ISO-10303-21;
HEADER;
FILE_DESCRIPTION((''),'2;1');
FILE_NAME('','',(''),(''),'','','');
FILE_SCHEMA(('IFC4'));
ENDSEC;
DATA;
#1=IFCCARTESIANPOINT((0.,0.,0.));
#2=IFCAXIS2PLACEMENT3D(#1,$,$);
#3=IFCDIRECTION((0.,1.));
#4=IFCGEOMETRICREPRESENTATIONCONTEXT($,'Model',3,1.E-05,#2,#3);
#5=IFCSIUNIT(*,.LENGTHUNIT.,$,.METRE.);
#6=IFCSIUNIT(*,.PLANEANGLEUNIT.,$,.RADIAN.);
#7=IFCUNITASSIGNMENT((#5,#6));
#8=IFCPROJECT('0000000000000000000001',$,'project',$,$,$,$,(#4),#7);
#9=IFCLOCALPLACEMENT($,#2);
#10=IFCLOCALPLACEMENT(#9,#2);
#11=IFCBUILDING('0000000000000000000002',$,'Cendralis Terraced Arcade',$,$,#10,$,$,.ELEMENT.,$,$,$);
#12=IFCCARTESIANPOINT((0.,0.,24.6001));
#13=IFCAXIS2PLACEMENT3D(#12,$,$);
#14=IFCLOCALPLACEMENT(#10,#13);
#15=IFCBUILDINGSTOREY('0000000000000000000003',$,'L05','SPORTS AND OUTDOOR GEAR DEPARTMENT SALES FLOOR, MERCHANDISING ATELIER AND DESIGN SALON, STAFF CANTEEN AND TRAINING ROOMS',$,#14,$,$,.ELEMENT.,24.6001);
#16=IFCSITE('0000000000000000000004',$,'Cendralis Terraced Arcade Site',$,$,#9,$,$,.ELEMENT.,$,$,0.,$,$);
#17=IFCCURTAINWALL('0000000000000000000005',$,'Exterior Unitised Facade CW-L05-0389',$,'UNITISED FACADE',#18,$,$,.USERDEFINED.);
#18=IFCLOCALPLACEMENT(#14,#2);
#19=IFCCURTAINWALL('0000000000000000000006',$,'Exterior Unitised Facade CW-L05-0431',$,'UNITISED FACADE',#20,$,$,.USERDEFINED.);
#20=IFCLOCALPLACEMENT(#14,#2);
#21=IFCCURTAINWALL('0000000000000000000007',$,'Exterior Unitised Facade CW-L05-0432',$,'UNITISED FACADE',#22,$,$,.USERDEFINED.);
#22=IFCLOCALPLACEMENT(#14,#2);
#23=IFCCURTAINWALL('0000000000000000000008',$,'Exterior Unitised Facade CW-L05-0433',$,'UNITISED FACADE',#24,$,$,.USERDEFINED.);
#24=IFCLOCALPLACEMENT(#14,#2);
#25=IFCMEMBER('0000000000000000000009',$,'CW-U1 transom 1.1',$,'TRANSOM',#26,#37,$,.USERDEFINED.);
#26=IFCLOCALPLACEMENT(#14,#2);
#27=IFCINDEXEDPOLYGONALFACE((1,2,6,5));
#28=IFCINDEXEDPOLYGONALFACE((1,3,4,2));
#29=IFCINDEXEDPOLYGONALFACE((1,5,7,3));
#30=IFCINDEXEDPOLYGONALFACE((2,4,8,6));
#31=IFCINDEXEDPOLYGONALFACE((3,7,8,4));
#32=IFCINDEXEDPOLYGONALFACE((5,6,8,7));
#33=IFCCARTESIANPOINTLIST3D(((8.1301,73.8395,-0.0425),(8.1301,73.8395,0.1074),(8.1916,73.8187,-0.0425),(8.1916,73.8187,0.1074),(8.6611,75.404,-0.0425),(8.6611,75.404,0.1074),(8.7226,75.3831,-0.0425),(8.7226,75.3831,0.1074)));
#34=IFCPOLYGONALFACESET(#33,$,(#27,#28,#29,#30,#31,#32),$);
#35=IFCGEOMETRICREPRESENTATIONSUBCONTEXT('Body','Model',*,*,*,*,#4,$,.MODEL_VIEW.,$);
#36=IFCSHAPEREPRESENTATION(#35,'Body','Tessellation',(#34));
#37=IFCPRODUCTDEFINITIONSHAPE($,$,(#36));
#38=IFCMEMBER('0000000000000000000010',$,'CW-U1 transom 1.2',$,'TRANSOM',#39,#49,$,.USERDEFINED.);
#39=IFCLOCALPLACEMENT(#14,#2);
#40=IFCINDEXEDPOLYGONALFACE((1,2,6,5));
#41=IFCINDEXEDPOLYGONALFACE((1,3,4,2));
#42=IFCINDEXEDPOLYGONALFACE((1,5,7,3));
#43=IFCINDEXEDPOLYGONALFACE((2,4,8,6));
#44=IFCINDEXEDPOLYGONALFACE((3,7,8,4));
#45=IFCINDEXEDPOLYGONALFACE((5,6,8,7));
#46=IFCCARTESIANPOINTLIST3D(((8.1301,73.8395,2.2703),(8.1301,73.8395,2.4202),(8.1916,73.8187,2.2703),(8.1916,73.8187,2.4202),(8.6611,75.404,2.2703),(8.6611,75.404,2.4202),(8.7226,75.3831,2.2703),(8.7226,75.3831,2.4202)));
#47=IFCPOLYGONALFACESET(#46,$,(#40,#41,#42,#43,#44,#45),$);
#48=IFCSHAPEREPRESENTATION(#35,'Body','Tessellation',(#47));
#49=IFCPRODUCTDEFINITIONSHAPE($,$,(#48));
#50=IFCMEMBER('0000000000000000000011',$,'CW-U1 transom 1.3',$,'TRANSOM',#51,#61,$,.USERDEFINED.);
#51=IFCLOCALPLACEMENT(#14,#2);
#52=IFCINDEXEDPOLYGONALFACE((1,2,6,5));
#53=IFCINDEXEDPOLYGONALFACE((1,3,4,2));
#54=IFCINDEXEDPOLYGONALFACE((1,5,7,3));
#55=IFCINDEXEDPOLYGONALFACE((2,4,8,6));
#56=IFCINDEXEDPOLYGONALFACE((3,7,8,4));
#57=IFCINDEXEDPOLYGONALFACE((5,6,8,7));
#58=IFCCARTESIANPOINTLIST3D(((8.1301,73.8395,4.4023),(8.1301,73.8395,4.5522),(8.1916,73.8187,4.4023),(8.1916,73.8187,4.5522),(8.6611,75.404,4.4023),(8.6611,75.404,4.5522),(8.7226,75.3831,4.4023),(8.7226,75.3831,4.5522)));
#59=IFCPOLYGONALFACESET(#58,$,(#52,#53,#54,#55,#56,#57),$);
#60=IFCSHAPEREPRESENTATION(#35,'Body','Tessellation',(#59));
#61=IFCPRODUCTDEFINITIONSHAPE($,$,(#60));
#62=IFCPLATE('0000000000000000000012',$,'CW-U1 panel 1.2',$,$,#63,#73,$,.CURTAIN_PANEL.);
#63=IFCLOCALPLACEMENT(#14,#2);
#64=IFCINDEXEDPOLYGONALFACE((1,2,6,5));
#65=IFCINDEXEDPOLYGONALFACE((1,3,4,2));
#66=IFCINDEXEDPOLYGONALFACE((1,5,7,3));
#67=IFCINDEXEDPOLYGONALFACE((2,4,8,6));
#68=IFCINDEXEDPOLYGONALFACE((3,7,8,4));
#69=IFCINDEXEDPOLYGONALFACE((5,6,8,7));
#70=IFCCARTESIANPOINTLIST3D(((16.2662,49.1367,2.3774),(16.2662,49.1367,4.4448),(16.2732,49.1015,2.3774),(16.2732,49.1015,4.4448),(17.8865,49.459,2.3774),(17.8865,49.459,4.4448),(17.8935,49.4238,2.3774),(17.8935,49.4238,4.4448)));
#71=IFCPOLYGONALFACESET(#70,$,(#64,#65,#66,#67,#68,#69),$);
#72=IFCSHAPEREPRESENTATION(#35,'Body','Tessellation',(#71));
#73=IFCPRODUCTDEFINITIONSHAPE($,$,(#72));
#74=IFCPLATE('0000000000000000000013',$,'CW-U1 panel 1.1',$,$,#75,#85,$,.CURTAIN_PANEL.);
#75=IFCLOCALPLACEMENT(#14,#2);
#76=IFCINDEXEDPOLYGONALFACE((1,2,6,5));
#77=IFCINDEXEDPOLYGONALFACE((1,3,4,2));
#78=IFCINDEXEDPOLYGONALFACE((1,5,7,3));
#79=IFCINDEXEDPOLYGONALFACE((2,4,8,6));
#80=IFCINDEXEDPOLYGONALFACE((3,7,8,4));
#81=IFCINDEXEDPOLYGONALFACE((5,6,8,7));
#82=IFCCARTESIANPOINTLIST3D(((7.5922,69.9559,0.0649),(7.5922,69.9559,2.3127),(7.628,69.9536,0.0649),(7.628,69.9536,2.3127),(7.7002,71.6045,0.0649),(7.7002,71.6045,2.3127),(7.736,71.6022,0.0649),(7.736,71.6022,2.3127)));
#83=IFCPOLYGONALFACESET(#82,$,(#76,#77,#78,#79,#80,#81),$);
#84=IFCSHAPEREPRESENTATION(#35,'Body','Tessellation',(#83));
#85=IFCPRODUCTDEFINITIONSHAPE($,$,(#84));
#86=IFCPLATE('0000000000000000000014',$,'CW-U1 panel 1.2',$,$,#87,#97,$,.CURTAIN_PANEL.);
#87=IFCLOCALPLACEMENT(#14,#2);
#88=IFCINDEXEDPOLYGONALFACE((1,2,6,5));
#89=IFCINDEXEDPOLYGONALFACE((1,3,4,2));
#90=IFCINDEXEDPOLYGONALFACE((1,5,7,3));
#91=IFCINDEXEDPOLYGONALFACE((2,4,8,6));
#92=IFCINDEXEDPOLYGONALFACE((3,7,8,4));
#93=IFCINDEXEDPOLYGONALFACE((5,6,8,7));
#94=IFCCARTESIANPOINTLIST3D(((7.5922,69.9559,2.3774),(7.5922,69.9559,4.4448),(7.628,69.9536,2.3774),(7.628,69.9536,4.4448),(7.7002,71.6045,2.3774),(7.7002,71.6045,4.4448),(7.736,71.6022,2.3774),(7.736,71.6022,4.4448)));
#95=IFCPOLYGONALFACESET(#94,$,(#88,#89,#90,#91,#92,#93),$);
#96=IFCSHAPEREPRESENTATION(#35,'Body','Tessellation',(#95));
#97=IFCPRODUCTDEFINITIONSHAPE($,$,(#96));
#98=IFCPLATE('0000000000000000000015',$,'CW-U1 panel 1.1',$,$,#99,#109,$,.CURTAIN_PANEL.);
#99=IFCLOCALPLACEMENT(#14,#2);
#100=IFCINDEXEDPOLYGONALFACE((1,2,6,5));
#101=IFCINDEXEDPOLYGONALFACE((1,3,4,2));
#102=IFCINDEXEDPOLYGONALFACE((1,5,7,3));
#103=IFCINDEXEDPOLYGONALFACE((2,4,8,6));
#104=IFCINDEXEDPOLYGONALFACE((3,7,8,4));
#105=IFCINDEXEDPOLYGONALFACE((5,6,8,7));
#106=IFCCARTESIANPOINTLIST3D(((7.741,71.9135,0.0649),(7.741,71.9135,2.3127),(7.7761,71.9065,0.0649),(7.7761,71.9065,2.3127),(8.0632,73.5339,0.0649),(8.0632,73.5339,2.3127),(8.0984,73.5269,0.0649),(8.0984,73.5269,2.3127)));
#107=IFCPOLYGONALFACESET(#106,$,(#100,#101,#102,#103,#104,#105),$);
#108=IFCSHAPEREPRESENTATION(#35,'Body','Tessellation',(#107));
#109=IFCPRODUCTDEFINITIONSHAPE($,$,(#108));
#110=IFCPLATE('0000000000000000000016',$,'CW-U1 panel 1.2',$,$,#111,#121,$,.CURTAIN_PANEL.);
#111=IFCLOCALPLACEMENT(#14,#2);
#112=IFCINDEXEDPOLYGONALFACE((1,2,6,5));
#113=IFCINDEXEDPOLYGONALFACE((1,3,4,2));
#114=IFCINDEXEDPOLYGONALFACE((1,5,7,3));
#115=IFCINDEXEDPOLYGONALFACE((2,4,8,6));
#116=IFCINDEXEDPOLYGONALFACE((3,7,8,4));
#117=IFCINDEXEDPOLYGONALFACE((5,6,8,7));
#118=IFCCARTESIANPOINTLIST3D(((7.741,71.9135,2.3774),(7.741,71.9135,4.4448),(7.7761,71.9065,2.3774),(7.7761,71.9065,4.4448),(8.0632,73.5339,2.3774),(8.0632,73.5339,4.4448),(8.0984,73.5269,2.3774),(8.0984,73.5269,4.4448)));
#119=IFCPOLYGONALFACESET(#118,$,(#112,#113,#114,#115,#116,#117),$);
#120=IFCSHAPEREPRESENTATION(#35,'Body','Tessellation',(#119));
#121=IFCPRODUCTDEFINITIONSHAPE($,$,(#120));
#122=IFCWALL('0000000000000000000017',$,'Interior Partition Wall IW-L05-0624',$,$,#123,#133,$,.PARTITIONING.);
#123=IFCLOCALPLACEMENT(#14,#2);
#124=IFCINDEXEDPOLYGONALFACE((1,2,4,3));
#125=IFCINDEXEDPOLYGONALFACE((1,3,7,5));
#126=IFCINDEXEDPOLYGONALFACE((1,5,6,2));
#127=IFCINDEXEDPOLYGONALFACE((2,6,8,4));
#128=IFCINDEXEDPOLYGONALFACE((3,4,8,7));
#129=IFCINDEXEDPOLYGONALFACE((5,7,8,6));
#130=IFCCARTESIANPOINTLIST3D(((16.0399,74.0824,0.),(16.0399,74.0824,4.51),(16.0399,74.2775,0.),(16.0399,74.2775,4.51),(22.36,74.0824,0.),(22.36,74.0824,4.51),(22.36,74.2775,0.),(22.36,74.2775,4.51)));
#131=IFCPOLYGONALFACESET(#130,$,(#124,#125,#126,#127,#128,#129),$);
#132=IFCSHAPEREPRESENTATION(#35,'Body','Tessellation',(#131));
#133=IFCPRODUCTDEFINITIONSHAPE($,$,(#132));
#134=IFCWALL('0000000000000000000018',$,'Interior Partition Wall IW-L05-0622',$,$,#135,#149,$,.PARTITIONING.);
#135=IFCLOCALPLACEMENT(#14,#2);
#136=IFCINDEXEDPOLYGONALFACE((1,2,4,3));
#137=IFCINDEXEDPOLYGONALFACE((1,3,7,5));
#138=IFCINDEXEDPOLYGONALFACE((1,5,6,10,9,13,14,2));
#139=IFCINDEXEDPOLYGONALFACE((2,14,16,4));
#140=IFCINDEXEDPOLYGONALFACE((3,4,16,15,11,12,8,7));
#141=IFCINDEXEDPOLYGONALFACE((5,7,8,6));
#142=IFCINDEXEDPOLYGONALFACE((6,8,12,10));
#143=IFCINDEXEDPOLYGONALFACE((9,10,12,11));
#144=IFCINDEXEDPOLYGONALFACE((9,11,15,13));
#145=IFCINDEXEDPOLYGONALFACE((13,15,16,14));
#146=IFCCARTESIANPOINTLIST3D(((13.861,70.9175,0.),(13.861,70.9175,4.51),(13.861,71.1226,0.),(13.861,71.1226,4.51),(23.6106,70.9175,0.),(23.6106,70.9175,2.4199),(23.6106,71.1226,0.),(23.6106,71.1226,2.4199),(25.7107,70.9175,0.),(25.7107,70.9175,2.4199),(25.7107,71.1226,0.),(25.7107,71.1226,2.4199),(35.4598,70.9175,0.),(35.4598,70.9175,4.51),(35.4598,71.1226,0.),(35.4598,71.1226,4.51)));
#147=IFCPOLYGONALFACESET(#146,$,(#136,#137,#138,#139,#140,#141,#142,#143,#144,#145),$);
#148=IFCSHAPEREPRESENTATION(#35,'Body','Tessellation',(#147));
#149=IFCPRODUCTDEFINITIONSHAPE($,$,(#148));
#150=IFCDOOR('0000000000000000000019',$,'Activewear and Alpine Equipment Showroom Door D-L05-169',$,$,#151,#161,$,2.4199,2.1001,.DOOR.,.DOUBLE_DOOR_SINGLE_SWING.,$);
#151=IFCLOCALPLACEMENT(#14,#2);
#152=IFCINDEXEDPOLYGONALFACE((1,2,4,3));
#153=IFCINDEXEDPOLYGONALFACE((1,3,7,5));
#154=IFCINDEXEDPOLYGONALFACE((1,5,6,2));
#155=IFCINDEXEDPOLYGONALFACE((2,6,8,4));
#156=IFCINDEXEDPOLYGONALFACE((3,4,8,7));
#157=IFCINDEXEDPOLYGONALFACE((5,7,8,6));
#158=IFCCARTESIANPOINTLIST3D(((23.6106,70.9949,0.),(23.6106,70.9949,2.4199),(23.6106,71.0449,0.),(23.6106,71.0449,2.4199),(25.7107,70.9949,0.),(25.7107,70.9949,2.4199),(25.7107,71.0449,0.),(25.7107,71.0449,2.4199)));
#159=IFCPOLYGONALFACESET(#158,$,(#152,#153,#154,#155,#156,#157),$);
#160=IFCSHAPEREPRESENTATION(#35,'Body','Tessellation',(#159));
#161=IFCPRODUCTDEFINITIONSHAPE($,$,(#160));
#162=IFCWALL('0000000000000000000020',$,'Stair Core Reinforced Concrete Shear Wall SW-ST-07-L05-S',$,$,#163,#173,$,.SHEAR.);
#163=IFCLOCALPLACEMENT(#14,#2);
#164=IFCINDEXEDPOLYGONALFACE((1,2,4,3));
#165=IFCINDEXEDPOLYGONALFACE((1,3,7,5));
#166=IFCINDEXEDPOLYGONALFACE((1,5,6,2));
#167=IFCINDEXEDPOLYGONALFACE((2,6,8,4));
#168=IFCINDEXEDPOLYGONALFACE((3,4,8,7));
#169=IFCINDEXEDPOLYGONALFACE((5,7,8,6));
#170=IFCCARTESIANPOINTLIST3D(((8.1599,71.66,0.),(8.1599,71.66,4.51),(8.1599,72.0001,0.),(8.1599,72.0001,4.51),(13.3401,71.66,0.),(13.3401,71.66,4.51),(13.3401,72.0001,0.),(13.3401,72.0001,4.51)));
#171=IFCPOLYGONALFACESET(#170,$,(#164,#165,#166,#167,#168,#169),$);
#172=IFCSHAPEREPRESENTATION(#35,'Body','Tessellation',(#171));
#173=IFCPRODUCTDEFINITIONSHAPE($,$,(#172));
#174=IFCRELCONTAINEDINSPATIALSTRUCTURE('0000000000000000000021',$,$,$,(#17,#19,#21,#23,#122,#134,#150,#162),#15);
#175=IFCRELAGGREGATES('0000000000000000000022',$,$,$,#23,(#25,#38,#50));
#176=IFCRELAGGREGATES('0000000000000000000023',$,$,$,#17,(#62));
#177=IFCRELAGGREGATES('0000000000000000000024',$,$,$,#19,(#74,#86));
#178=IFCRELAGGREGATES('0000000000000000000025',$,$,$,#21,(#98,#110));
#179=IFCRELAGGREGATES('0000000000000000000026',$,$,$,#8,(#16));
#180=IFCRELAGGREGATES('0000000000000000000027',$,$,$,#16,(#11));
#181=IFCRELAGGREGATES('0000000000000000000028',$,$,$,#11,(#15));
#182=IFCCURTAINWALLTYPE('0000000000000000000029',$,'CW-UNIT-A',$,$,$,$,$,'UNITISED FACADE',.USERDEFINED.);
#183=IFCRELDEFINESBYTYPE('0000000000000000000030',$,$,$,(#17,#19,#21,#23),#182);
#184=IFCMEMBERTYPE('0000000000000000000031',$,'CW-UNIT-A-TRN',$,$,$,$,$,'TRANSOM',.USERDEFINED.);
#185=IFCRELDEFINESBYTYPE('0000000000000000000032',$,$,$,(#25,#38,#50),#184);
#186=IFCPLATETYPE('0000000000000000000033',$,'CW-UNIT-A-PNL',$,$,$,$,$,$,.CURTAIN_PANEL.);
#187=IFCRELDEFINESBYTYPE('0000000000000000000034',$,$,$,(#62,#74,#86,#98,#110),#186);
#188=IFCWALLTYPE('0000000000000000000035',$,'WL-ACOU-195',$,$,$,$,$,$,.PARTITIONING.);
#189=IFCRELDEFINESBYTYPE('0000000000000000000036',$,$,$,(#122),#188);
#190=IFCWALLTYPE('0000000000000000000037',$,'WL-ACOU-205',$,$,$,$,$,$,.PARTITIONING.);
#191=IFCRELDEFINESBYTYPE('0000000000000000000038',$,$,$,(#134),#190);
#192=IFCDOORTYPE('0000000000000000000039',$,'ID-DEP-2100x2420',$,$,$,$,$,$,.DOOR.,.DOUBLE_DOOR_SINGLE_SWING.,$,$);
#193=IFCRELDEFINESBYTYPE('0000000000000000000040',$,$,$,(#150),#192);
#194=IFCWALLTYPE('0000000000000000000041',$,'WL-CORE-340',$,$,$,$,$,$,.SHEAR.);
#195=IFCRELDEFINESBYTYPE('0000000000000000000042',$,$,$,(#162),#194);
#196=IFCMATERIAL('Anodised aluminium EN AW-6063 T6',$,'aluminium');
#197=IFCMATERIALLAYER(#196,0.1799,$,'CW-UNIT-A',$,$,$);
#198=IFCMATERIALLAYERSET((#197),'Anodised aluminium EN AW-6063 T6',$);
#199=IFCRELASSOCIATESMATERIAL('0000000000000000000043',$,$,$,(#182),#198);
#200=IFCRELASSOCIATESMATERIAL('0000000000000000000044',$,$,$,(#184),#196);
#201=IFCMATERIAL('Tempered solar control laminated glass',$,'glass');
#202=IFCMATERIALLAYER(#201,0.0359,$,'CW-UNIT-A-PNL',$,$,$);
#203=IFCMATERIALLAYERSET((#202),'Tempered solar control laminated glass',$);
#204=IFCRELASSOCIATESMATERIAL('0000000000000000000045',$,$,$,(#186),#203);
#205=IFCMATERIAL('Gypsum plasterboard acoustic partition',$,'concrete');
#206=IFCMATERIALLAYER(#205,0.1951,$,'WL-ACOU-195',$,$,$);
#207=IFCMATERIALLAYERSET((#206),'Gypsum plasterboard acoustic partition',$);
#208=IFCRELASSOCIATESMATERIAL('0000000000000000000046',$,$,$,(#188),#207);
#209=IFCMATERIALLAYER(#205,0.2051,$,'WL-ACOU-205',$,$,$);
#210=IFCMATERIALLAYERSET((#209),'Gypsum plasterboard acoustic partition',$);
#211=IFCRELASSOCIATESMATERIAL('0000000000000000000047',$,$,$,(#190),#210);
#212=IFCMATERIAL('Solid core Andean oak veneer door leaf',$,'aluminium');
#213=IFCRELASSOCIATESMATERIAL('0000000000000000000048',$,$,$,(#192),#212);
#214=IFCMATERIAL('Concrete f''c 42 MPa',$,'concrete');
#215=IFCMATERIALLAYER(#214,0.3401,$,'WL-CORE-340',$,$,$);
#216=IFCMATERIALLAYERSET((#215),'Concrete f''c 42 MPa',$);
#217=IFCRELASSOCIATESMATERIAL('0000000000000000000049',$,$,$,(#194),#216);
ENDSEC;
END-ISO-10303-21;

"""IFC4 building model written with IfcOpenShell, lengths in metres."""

from ifc_helpers import new_model, si_unit, direction, frame, frame_2d, origin, origin_2d, place, context, subcontext, project, spatial, rectangle, extrude, material, layer, layer_set, material_profile, profile_set, type_object, element, fill, aggregate, save


model = new_model("IFC4")

# Units and contexts
model_context = context("Model", 3, precision=1e-05, world=origin(), true_north=direction((0.0, 1.0)))
body_context = subcontext(model_context, "Body", "Model", "MODEL_VIEW")
ifc_project = project(units=[si_unit("LENGTHUNIT", "METRE"), si_unit("PLANEANGLEUNIT", "RADIAN")], contexts=[model_context])

# Site, building, storey
site_placement = place(None, origin())
site = spatial("IfcSite", under=ifc_project, at=site_placement, Name="Cendralis Terraced Arcade Site", CompositionType="ELEMENT", RefElevation=0.0)
building_placement = place(site_placement, origin())
building = spatial("IfcBuilding", under=site, at=building_placement, Name="Cendralis Terraced Arcade", CompositionType="ELEMENT")
storey_placement = place(building_placement, frame((0.0, 0.0, 24.6001)))
storey = spatial("IfcBuildingStorey", under=building, at=storey_placement, Name="L05", Description="SPORTS AND OUTDOOR GEAR DEPARTMENT SALES FLOOR, MERCHANDISING ATELIER AND DESIGN SALON, STAFF CANTEEN AND TRAINING ROOMS", CompositionType="ELEMENT", Elevation=24.6001)

# Shared definitions
ifc_material_1 = material(Name="Concrete f'c 42 MPa", Category="concrete")

# Curtain wall
ifc_material_2 = material(Name="Anodised aluminium EN AW-6063 T6", Category="aluminium")
ifc_layer_1 = layer(ifc_material_2, 0.1799, Name="CW-UNIT-A")
ifc_layer_set_1 = layer_set([ifc_layer_1], Name="Anodised aluminium EN AW-6063 T6")
curtain_wall_type = type_object("IfcCurtainWallType", Name="CW-UNIT-A", ElementType="UNITISED FACADE", PredefinedType="USERDEFINED", material=ifc_layer_set_1)
curtain_wall_1_placement = place(storey_placement, origin())
curtain_wall_1 = element("IfcCurtainWall", 1, at=curtain_wall_1_placement, inside=storey, type_object=curtain_wall_type, Name="Exterior Unitised Facade CW-L05-0389", ObjectType="UNITISED FACADE", PredefinedType="USERDEFINED")

# Curtain walls
curtain_wall_2_placement = place(storey_placement, origin())
curtain_wall_2 = element("IfcCurtainWall", 2, at=curtain_wall_2_placement, inside=storey, type_object=curtain_wall_type, Name="Exterior Unitised Facade CW-L05-0431", ObjectType="UNITISED FACADE", PredefinedType="USERDEFINED")
curtain_wall_3_placement = place(storey_placement, origin())
curtain_wall_3 = element("IfcCurtainWall", 3, at=curtain_wall_3_placement, inside=storey, type_object=curtain_wall_type, Name="Exterior Unitised Facade CW-L05-0432", ObjectType="UNITISED FACADE", PredefinedType="USERDEFINED")

# Curtain wall
curtain_wall_4_placement = place(storey_placement, origin())
curtain_wall_4 = element("IfcCurtainWall", 4, at=curtain_wall_4_placement, inside=storey, type_object=curtain_wall_type, Name="Exterior Unitised Facade CW-L05-0433", ObjectType="UNITISED FACADE", PredefinedType="USERDEFINED")

# Members
ifc_material_profile_1 = material_profile(ifc_material_2, rectangle(XDim=0.0649, YDim=0.1499, at=origin_2d()), Name="ALU-TRN-65x150")
ifc_profile_set_1 = profile_set([ifc_material_profile_1], Name="Anodised aluminium EN AW-6063 T6")
member_type_1 = type_object("IfcMemberType", Name="CW-UNIT-A-TRN", ElementType="TRANSOM", PredefinedType="USERDEFINED", material=ifc_profile_set_1)
member_1_placement = place(storey_placement, frame((8.1609, 73.8291, 0.0325), z_axis=(0.32141, 0.94694, 0.0), x_axis=(-0.94694, 0.32141, 0.0)))
member_1 = element("IfcMember", 5, at=member_1_placement, type_object=member_type_1, Name="CW-U1 transom 1.1", ObjectType="TRANSOM", PredefinedType="USERDEFINED", context=body_context, shape_type="SweptSolid", body=[
    extrude(rectangle(XDim=0.0649, YDim=0.1499, at=origin_2d()), origin(), (0.0, 0.0, 1.0), 1.6521),
])
member_2_placement = place(storey_placement, frame((8.1609, 73.8291, 2.3452), z_axis=(0.32141, 0.94694, 0.0), x_axis=(-0.94694, 0.32141, 0.0)))
member_2 = element("IfcMember", 6, at=member_2_placement, type_object=member_type_1, Name="CW-U1 transom 1.2", ObjectType="TRANSOM", PredefinedType="USERDEFINED", context=body_context, shape_type="SweptSolid", body=[
    extrude(rectangle(XDim=0.0649, YDim=0.1499, at=origin_2d()), origin(), (0.0, 0.0, 1.0), 1.6521),
])
member_3_placement = place(storey_placement, frame((8.1609, 73.8291, 4.4773), z_axis=(0.32141, 0.94694, 0.0), x_axis=(-0.94694, 0.32141, 0.0)))
member_3 = element("IfcMember", 7, at=member_3_placement, type_object=member_type_1, Name="CW-U1 transom 1.3", ObjectType="TRANSOM", PredefinedType="USERDEFINED", context=body_context, shape_type="SweptSolid", body=[
    extrude(rectangle(XDim=0.0649, YDim=0.1499, at=origin_2d()), origin(), (0.0, 0.0, 1.0), 1.6521),
])
aggregate(curtain_wall_4, [member_1, member_2, member_3])

# Plates
ifc_material_3 = material(Name="Tempered solar control laminated glass", Category="glass")
ifc_layer_2 = layer(ifc_material_3, 0.0359, Name="CW-UNIT-A-PNL")
ifc_layer_set_2 = layer_set([ifc_layer_2], Name="Tempered solar control laminated glass")
plate_type = type_object("IfcPlateType", Name="CW-UNIT-A-PNL", PredefinedType="CURTAIN_PANEL", material=ifc_layer_set_2)
plate_1_placement = place(storey_placement, frame((17.0798, 49.2803, 2.3774), z_axis=(0.0, 0.0, 1.0), x_axis=(0.980792, 0.195058, 0.0)))
plate_1 = element("IfcPlate", 8, at=plate_1_placement, type_object=plate_type, Name="CW-U1 panel 1.2", PredefinedType="CURTAIN_PANEL", context=body_context, shape_type="SweptSolid", body=[
    extrude(rectangle(XDim=1.6521, YDim=0.0359, at=origin_2d()), origin(), (0.0, 0.0, 1.0), 2.0674),
])
aggregate(curtain_wall_1, [plate_1])
plate_2_placement = place(storey_placement, frame((7.6641, 70.7791, 0.0649), z_axis=(0.0, 0.0, 1.0), x_axis=(0.065372, 0.997861, 0.0)))
plate_2 = element("IfcPlate", 9, at=plate_2_placement, type_object=plate_type, Name="CW-U1 panel 1.1", PredefinedType="CURTAIN_PANEL", context=body_context, shape_type="SweptSolid", body=[
    extrude(rectangle(XDim=1.6521, YDim=0.0359, at=origin_2d()), origin(), (0.0, 0.0, 1.0), 2.2478),
])
plate_3_placement = place(storey_placement, frame((7.6641, 70.7791, 2.3774), z_axis=(0.0, 0.0, 1.0), x_axis=(0.065372, 0.997861, 0.0)))
plate_3 = element("IfcPlate", 10, at=plate_3_placement, type_object=plate_type, Name="CW-U1 panel 1.2", PredefinedType="CURTAIN_PANEL", context=body_context, shape_type="SweptSolid", body=[
    extrude(rectangle(XDim=1.6521, YDim=0.0359, at=origin_2d()), origin(), (0.0, 0.0, 1.0), 2.0674),
])
aggregate(curtain_wall_2, [plate_2, plate_3])
plate_4_placement = place(storey_placement, frame((7.9197, 72.7202, 0.0649), z_axis=(0.0, 0.0, 1.0), x_axis=(0.195058, 0.980792, 0.0)))
plate_4 = element("IfcPlate", 11, at=plate_4_placement, type_object=plate_type, Name="CW-U1 panel 1.1", PredefinedType="CURTAIN_PANEL", context=body_context, shape_type="SweptSolid", body=[
    extrude(rectangle(XDim=1.6521, YDim=0.0359, at=origin_2d()), origin(), (0.0, 0.0, 1.0), 2.2478),
])
plate_5_placement = place(storey_placement, frame((7.9197, 72.7202, 2.3774), z_axis=(0.0, 0.0, 1.0), x_axis=(0.195058, 0.980792, 0.0)))
plate_5 = element("IfcPlate", 12, at=plate_5_placement, type_object=plate_type, Name="CW-U1 panel 1.2", PredefinedType="CURTAIN_PANEL", context=body_context, shape_type="SweptSolid", body=[
    extrude(rectangle(XDim=1.6521, YDim=0.0359, at=origin_2d()), origin(), (0.0, 0.0, 1.0), 2.0674),
])
aggregate(curtain_wall_3, [plate_4, plate_5])

# Wall
ifc_material_4 = material(Name="Gypsum plasterboard acoustic partition", Category="concrete")
ifc_layer_3 = layer(ifc_material_4, 0.1951, Name="WL-ACOU-195")
ifc_layer_set_3 = layer_set([ifc_layer_3], Name="Gypsum plasterboard acoustic partition")
wall_type_1 = type_object("IfcWallType", Name="WL-ACOU-195", PredefinedType="PARTITIONING", material=ifc_layer_set_3)
wall_1_placement = place(storey_placement, frame((22.3601, 74.1799, 0.0), z_axis=(0.0, 0.0, 1.0), x_axis=(-1.0, 0.0, 0.0)))
element("IfcWall", 13, at=wall_1_placement, inside=storey, type_object=wall_type_1, Name="Interior Partition Wall IW-L05-0624", PredefinedType="PARTITIONING", context=body_context, shape_type="SweptSolid", body=[
    extrude(rectangle(XDim=6.3201, YDim=0.1951, at=frame_2d((3.1602, 0.0))), origin(), (0.0, 0.0, 1.0), 4.51),
])

# Wall, opening, door
ifc_layer_4 = layer(ifc_material_4, 0.2051, Name="WL-ACOU-205")
ifc_layer_set_4 = layer_set([ifc_layer_4], Name="Gypsum plasterboard acoustic partition")
wall_type_2 = type_object("IfcWallType", Name="WL-ACOU-205", PredefinedType="PARTITIONING", material=ifc_layer_set_4)
wall_2_placement = place(storey_placement, frame((13.8611, 71.02, 0.0), z_axis=(0.0, 0.0, 1.0), x_axis=(1.0, 0.0, 0.0)))
wall_2 = element("IfcWall", 14, at=wall_2_placement, inside=storey, type_object=wall_type_2, Name="Interior Partition Wall IW-L05-0622", PredefinedType="PARTITIONING", context=body_context, shape_type="SweptSolid", body=[
    extrude(rectangle(XDim=21.5989, YDim=0.2051, at=frame_2d((10.7993, 0.0))), origin(), (0.0, 0.0, 1.0), 4.51),
])
opening_1_placement = place(wall_2_placement, frame((9.7495, 0.0, 0.0)))
opening_1 = element("IfcOpeningElement", 15, at=opening_1_placement, cuts=wall_2, PredefinedType="OPENING", context=body_context, shape_type="SweptSolid", body=[
    extrude(rectangle(XDim=2.1001, YDim=2.4199, at=frame_2d((1.05, 1.21))), frame((0.0, 0.1145, 0.0), z_axis=(0.0, -1.0, 0.0), x_axis=(1.0, 0.0, 0.0)), (0.0, 0.0, 1.0), 0.229),
])
ifc_material_5 = material(Name="Solid core Andean oak veneer door leaf", Category="aluminium")
door_type_1 = type_object("IfcDoorType", Name="ID-DEP-2100x2420", OperationType="DOUBLE_DOOR_SINGLE_SWING", PredefinedType="DOOR", material=ifc_material_5)
door_1_placement = place(opening_1_placement, origin())
door_1 = element("IfcDoor", 16, at=door_1_placement, inside=storey, type_object=door_type_1, Name="Activewear and Alpine Equipment Showroom Door D-L05-169", OperationType="DOUBLE_DOOR_SINGLE_SWING", OverallHeight=2.4199, OverallWidth=2.1001, PredefinedType="DOOR", context=body_context, shape_type="SweptSolid", body=[
    extrude(rectangle(XDim=2.1001, YDim=2.4199, at=frame_2d((1.05, 1.21))), frame((0.0, 0.0249, 0.0), z_axis=(0.0, -1.0, 0.0), x_axis=(1.0, 0.0, 0.0)), (0.0, 0.0, 1.0), 0.05),
])
fill(opening_1, door_1)

# Wall
ifc_layer_5 = layer(ifc_material_1, 0.3401, Name="WL-CORE-340")
ifc_layer_set_5 = layer_set([ifc_layer_5], Name="Concrete f'c 42 MPa")
wall_type_3 = type_object("IfcWallType", Name="WL-CORE-340", PredefinedType="SHEAR", material=ifc_layer_set_5)
wall_3_placement = place(storey_placement, frame((8.1599, 71.8301, 0.0), z_axis=(0.0, 0.0, 1.0), x_axis=(1.0, 0.0, 0.0)))
element("IfcWall", 17, at=wall_3_placement, inside=storey, type_object=wall_type_3, Name="Stair Core Reinforced Concrete Shear Wall SW-ST-07-L05-S", PredefinedType="SHEAR", context=body_context, shape_type="SweptSolid", body=[
    extrude(rectangle(XDim=5.1802, YDim=0.3401, at=frame_2d((2.5901, 0.0))), origin(), (0.0, 0.0, 1.0), 4.51),
])

save(model, "model.ifc")
